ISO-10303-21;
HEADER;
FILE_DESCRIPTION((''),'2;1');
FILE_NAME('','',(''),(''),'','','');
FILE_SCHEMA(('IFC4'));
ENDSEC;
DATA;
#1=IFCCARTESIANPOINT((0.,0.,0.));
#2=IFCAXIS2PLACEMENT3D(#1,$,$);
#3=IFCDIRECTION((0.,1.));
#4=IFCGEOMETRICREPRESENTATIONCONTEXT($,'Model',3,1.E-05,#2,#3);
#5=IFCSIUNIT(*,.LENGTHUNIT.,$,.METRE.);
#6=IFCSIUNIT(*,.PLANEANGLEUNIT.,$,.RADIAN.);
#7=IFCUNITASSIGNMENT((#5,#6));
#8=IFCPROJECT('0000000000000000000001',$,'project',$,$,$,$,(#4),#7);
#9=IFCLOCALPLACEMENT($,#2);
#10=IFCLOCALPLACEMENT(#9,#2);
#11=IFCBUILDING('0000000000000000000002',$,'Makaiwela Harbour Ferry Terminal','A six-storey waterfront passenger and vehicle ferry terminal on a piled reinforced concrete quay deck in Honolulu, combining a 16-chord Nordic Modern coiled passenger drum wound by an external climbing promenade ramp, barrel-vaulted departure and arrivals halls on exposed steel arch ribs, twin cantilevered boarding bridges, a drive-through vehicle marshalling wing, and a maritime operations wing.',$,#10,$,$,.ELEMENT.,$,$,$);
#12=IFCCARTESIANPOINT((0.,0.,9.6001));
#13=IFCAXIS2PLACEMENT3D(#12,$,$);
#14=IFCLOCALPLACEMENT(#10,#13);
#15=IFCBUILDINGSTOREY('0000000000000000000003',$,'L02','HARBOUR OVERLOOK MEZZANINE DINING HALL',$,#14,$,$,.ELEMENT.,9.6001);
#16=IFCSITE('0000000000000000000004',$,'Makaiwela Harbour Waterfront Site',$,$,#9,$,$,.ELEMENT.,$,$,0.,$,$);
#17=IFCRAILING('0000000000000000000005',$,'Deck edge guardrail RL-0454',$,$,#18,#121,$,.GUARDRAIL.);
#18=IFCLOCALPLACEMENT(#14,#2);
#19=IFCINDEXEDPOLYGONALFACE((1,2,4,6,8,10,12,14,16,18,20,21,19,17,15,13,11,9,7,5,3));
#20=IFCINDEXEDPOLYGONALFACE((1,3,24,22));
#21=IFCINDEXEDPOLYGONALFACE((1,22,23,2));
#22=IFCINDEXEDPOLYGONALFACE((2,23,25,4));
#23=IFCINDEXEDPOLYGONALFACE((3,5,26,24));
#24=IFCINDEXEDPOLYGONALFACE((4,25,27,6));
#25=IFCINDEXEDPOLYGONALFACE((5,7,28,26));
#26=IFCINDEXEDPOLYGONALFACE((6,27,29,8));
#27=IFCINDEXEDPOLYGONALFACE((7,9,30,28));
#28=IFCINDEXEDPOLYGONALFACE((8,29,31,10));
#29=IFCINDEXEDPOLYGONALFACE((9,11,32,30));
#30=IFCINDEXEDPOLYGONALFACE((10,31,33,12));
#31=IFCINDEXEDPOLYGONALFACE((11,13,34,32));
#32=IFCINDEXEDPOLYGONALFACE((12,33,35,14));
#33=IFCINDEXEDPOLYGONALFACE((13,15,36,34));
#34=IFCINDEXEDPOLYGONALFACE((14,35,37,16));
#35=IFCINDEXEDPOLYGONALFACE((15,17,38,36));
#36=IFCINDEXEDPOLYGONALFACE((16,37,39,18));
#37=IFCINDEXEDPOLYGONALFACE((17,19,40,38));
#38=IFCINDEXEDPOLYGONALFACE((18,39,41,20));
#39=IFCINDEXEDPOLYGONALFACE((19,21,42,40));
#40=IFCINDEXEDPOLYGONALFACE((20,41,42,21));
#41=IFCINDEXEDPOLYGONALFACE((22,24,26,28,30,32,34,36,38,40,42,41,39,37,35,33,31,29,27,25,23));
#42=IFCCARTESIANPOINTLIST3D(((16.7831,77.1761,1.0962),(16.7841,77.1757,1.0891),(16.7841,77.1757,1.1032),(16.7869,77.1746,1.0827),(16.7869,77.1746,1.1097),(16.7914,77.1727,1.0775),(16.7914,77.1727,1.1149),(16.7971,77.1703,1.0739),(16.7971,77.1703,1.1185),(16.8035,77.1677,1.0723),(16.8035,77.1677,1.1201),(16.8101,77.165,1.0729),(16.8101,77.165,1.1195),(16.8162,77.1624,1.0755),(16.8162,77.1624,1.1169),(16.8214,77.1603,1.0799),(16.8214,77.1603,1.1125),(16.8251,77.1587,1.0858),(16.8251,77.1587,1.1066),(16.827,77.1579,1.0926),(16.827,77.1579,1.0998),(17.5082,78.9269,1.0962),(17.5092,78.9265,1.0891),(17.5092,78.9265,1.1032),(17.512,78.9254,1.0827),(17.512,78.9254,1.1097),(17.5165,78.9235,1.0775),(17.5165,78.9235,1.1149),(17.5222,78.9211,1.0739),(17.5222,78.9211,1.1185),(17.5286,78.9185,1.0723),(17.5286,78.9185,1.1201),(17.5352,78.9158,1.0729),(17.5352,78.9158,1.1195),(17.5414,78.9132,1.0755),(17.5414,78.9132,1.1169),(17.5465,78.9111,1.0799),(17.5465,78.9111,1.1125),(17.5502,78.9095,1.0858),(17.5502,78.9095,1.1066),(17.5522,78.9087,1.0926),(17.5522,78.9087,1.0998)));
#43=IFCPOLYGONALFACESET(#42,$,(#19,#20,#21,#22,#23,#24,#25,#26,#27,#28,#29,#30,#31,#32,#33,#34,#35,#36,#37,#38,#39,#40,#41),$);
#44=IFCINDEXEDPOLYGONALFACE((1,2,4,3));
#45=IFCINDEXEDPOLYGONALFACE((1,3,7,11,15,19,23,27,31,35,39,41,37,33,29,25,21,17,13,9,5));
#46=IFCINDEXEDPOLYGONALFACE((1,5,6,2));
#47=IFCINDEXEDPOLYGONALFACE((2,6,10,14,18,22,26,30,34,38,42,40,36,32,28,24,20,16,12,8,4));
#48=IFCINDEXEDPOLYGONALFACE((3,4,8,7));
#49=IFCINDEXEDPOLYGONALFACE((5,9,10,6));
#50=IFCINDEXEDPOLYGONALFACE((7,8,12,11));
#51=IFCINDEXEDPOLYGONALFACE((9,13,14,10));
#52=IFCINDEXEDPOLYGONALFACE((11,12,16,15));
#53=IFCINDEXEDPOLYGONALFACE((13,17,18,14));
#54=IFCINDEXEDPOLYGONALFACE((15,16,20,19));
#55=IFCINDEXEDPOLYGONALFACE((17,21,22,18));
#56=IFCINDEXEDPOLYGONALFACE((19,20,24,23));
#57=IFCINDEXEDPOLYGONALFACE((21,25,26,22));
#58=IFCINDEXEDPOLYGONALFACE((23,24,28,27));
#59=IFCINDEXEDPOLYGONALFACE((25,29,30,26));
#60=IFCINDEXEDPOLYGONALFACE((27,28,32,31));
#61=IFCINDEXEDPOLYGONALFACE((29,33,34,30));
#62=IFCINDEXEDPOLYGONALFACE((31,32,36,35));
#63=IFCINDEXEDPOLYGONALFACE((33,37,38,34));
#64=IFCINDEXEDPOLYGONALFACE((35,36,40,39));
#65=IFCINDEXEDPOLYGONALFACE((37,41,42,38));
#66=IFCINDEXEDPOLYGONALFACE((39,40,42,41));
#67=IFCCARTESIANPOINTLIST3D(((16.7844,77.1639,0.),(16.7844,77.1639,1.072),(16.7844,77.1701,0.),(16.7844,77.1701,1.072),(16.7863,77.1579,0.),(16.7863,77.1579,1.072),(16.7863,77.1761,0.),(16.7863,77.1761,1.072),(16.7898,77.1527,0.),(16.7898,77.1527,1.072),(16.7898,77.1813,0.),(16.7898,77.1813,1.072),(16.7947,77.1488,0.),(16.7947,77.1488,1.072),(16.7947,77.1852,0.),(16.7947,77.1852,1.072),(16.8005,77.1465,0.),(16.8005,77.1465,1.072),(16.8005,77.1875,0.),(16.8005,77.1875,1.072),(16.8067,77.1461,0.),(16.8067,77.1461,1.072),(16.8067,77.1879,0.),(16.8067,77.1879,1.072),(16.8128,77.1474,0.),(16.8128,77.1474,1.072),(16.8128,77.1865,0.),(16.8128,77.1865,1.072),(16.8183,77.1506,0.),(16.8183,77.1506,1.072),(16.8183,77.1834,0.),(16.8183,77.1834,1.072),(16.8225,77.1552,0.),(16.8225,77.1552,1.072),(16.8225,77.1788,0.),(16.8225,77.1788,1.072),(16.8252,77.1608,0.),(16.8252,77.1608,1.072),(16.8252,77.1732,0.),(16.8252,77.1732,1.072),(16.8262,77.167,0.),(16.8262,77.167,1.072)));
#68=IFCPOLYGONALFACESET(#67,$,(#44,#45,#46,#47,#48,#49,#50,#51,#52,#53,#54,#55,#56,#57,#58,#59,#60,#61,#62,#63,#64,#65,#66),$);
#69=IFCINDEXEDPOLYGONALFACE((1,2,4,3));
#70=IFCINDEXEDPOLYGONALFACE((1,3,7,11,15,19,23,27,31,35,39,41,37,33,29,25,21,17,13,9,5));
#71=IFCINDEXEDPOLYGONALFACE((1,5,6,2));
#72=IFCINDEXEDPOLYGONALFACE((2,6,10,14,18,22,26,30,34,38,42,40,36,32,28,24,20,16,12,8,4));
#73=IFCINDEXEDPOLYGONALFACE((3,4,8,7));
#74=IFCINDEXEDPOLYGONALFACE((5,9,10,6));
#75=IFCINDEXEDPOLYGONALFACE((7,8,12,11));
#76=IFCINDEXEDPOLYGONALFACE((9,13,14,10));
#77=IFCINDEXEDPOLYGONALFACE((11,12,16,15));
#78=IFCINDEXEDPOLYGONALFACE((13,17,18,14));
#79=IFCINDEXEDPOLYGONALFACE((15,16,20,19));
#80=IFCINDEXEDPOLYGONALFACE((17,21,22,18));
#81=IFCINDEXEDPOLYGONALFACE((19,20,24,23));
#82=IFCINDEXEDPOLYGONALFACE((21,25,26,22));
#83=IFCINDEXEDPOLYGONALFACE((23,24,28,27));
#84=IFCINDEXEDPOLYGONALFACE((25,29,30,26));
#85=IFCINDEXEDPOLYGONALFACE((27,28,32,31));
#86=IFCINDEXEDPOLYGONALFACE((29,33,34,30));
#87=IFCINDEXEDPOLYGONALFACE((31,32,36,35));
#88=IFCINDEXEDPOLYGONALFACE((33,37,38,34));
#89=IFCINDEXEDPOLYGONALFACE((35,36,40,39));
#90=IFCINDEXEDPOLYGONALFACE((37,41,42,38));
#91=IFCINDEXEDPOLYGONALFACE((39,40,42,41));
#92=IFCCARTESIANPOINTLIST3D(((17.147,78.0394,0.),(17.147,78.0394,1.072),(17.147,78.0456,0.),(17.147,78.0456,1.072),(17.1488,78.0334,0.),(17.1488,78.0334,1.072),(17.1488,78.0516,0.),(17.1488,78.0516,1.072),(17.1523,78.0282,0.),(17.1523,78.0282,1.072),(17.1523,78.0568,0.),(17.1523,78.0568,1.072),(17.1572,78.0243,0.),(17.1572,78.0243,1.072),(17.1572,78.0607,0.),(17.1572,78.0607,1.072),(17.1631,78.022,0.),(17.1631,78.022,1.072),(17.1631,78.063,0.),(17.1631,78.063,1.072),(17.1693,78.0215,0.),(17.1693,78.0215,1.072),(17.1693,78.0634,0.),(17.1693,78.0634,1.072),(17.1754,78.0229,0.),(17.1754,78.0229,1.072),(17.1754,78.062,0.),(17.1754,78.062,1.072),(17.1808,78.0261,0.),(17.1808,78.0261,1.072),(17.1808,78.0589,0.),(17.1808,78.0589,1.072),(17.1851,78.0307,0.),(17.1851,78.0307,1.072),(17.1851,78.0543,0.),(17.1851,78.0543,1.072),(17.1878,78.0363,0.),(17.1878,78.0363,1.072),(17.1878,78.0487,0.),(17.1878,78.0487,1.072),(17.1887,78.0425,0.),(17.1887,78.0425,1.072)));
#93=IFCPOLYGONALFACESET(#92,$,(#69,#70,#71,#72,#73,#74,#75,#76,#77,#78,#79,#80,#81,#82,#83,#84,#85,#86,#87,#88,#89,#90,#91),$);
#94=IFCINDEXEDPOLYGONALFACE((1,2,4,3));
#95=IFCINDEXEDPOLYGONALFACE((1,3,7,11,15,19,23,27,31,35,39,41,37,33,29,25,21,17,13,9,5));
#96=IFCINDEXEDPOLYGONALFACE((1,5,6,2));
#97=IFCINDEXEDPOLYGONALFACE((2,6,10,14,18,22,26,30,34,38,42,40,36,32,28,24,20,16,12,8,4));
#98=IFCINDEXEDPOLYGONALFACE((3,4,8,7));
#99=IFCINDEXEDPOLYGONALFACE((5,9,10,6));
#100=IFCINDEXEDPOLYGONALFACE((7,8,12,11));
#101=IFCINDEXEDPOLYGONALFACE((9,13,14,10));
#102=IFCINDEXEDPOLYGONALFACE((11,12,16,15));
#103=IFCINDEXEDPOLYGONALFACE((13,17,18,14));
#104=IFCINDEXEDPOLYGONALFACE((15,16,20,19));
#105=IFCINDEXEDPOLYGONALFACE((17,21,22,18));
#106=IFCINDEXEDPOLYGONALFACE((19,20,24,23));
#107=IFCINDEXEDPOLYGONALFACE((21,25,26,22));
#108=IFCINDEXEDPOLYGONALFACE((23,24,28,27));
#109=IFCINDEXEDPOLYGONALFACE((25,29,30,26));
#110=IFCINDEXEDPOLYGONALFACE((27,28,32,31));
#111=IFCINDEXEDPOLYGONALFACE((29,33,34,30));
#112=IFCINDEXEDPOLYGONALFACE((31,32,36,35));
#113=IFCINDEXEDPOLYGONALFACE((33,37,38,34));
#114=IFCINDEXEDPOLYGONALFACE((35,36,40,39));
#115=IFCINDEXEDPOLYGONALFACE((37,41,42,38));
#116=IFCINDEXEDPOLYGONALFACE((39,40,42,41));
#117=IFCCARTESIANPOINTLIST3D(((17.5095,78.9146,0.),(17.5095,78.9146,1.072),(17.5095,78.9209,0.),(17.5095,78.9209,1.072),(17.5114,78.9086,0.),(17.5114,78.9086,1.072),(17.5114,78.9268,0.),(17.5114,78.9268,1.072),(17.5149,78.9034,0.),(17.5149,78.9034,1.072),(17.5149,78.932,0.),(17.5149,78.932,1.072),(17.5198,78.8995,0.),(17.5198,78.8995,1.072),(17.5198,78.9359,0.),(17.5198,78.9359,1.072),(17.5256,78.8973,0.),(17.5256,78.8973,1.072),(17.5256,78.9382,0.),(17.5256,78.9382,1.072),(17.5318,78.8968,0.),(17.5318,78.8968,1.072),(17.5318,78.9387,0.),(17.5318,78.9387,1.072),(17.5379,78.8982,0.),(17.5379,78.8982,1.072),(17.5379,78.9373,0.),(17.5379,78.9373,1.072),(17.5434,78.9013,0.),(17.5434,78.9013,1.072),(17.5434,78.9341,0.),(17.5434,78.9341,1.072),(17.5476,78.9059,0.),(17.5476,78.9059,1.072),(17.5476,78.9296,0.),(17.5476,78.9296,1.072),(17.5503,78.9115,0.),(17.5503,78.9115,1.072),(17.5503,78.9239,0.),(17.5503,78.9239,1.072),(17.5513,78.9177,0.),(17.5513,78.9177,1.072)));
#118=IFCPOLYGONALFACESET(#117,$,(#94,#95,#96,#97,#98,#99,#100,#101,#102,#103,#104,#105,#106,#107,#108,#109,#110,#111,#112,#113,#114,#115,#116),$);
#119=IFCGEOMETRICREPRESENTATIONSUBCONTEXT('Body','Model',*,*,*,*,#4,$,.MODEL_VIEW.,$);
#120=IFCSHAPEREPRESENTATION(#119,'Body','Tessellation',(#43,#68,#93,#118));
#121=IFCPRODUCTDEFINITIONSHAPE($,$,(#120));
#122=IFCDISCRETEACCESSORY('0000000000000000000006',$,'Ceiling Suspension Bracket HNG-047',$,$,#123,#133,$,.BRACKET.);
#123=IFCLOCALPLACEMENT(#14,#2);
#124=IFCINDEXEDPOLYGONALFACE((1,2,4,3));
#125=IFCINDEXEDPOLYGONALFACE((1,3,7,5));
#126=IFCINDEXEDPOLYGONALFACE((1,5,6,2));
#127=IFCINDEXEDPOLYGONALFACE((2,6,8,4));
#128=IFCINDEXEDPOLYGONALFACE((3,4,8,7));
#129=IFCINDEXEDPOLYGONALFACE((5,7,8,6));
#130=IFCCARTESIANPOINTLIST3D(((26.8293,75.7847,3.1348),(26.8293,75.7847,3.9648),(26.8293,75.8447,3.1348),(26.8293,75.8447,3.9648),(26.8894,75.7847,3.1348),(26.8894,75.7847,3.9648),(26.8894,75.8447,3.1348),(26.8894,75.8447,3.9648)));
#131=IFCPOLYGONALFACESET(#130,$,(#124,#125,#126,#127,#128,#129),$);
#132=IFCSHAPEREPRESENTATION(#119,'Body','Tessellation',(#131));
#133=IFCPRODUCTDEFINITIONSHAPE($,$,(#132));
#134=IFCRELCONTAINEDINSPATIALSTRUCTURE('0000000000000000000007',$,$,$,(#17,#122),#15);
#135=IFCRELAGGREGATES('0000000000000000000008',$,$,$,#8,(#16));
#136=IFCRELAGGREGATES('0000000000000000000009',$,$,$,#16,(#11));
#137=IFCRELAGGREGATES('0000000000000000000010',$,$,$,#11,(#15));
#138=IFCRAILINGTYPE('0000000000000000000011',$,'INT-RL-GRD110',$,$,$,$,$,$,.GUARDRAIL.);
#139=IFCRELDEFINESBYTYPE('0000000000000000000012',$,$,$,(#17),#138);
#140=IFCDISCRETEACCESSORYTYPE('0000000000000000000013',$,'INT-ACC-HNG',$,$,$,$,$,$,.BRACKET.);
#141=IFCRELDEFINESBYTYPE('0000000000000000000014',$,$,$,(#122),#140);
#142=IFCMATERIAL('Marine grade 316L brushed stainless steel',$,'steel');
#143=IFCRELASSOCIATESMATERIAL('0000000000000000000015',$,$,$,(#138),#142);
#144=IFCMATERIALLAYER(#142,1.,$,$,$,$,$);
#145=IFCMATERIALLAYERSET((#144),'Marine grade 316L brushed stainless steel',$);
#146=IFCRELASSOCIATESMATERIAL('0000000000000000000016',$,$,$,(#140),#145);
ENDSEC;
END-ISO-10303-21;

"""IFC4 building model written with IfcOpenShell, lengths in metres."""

from ifc_helpers import new_model, si_unit, direction, frame, origin, origin_2d, place, context, subcontext, project, spatial, rectangle, circle, extrude, material, layer, layer_set, type_object, element, save


model = new_model("IFC4")

# Units and contexts
model_context = context("Model", 3, precision=1e-05, world=origin(), true_north=direction((0.0, 1.0)))
body_context = subcontext(model_context, "Body", "Model", "MODEL_VIEW")
ifc_project = project(units=[si_unit("LENGTHUNIT", "METRE"), si_unit("PLANEANGLEUNIT", "RADIAN")], contexts=[model_context])

# Site, building, storey
site_placement = place(None, origin())
site = spatial("IfcSite", under=ifc_project, at=site_placement, Name="Makaiwela Harbour Waterfront Site", CompositionType="ELEMENT", RefElevation=0.0)
building_placement = place(site_placement, origin())
building = spatial("IfcBuilding", under=site, at=building_placement, Name="Makaiwela Harbour Ferry Terminal", Description="A six-storey waterfront passenger and vehicle ferry terminal on a piled reinforced concrete quay deck in Honolulu, combining a 16-chord Nordic Modern coiled passenger drum wound by an external climbing promenade ramp, barrel-vaulted departure and arrivals halls on exposed steel arch ribs, twin cantilevered boarding bridges, a drive-through vehicle marshalling wing, and a maritime operations wing.", CompositionType="ELEMENT")
storey_placement = place(building_placement, frame((0.0, 0.0, 9.6001)))
storey = spatial("IfcBuildingStorey", under=building, at=storey_placement, Name="L02", Description="HARBOUR OVERLOOK MEZZANINE DINING HALL", CompositionType="ELEMENT", Elevation=9.6001)

# Railing
ifc_material_1 = material(Name="Marine grade 316L brushed stainless steel", Category="steel")
railing_type = type_object("IfcRailingType", Name="INT-RL-GRD110", PredefinedType="GUARDRAIL", material=ifc_material_1)
railing_placement = place(storey_placement, frame((16.8052, 77.167, 0.0)))
element("IfcRailing", 1, at=railing_placement, inside=storey, type_object=railing_type, Name="Deck edge guardrail RL-0454", PredefinedType="GUARDRAIL", context=body_context, shape_type="SweptSolid", body=[
    extrude(circle(Radius=0.0239, at=origin_2d()), frame((0.0, 0.0, 1.0962), z_axis=(0.382648, 0.923894, 0.0), x_axis=(-0.923894, 0.382648, 0.0)), (0.0, 0.0, 1.0), 1.895),
    extrude(circle(Radius=0.021, at=origin_2d()), origin(), (0.0, 0.0, 1.0), 1.072),
    extrude(circle(Radius=0.021, at=origin_2d()), frame((0.3625, 0.8755, 0.0)), (0.0, 0.0, 1.0), 1.072),
    extrude(circle(Radius=0.021, at=origin_2d()), frame((0.7251, 1.7507, 0.0)), (0.0, 0.0, 1.0), 1.072),
])

# Discrete accessory
ifc_layer_1 = layer(ifc_material_1, 1.0)
ifc_layer_set_1 = layer_set([ifc_layer_1], Name="Marine grade 316L brushed stainless steel")
discrete_accessory_type = type_object("IfcDiscreteAccessoryType", Name="INT-ACC-HNG", PredefinedType="BRACKET", material=ifc_layer_set_1)
discrete_accessory_placement = place(storey_placement, frame((26.8594, 75.8147, 3.1348), z_axis=(0.0, 0.0, 1.0), x_axis=(1.0, 0.0, 0.0)))
element("IfcDiscreteAccessory", 2, at=discrete_accessory_placement, inside=storey, type_object=discrete_accessory_type, Name="Ceiling Suspension Bracket HNG-047", PredefinedType="BRACKET", context=body_context, shape_type="SweptSolid", body=[
    extrude(rectangle(XDim=0.0601, YDim=0.0601, at=origin_2d()), origin(), (0.0, 0.0, 1.0), 0.8301),
])

save(model, "model.ifc")
